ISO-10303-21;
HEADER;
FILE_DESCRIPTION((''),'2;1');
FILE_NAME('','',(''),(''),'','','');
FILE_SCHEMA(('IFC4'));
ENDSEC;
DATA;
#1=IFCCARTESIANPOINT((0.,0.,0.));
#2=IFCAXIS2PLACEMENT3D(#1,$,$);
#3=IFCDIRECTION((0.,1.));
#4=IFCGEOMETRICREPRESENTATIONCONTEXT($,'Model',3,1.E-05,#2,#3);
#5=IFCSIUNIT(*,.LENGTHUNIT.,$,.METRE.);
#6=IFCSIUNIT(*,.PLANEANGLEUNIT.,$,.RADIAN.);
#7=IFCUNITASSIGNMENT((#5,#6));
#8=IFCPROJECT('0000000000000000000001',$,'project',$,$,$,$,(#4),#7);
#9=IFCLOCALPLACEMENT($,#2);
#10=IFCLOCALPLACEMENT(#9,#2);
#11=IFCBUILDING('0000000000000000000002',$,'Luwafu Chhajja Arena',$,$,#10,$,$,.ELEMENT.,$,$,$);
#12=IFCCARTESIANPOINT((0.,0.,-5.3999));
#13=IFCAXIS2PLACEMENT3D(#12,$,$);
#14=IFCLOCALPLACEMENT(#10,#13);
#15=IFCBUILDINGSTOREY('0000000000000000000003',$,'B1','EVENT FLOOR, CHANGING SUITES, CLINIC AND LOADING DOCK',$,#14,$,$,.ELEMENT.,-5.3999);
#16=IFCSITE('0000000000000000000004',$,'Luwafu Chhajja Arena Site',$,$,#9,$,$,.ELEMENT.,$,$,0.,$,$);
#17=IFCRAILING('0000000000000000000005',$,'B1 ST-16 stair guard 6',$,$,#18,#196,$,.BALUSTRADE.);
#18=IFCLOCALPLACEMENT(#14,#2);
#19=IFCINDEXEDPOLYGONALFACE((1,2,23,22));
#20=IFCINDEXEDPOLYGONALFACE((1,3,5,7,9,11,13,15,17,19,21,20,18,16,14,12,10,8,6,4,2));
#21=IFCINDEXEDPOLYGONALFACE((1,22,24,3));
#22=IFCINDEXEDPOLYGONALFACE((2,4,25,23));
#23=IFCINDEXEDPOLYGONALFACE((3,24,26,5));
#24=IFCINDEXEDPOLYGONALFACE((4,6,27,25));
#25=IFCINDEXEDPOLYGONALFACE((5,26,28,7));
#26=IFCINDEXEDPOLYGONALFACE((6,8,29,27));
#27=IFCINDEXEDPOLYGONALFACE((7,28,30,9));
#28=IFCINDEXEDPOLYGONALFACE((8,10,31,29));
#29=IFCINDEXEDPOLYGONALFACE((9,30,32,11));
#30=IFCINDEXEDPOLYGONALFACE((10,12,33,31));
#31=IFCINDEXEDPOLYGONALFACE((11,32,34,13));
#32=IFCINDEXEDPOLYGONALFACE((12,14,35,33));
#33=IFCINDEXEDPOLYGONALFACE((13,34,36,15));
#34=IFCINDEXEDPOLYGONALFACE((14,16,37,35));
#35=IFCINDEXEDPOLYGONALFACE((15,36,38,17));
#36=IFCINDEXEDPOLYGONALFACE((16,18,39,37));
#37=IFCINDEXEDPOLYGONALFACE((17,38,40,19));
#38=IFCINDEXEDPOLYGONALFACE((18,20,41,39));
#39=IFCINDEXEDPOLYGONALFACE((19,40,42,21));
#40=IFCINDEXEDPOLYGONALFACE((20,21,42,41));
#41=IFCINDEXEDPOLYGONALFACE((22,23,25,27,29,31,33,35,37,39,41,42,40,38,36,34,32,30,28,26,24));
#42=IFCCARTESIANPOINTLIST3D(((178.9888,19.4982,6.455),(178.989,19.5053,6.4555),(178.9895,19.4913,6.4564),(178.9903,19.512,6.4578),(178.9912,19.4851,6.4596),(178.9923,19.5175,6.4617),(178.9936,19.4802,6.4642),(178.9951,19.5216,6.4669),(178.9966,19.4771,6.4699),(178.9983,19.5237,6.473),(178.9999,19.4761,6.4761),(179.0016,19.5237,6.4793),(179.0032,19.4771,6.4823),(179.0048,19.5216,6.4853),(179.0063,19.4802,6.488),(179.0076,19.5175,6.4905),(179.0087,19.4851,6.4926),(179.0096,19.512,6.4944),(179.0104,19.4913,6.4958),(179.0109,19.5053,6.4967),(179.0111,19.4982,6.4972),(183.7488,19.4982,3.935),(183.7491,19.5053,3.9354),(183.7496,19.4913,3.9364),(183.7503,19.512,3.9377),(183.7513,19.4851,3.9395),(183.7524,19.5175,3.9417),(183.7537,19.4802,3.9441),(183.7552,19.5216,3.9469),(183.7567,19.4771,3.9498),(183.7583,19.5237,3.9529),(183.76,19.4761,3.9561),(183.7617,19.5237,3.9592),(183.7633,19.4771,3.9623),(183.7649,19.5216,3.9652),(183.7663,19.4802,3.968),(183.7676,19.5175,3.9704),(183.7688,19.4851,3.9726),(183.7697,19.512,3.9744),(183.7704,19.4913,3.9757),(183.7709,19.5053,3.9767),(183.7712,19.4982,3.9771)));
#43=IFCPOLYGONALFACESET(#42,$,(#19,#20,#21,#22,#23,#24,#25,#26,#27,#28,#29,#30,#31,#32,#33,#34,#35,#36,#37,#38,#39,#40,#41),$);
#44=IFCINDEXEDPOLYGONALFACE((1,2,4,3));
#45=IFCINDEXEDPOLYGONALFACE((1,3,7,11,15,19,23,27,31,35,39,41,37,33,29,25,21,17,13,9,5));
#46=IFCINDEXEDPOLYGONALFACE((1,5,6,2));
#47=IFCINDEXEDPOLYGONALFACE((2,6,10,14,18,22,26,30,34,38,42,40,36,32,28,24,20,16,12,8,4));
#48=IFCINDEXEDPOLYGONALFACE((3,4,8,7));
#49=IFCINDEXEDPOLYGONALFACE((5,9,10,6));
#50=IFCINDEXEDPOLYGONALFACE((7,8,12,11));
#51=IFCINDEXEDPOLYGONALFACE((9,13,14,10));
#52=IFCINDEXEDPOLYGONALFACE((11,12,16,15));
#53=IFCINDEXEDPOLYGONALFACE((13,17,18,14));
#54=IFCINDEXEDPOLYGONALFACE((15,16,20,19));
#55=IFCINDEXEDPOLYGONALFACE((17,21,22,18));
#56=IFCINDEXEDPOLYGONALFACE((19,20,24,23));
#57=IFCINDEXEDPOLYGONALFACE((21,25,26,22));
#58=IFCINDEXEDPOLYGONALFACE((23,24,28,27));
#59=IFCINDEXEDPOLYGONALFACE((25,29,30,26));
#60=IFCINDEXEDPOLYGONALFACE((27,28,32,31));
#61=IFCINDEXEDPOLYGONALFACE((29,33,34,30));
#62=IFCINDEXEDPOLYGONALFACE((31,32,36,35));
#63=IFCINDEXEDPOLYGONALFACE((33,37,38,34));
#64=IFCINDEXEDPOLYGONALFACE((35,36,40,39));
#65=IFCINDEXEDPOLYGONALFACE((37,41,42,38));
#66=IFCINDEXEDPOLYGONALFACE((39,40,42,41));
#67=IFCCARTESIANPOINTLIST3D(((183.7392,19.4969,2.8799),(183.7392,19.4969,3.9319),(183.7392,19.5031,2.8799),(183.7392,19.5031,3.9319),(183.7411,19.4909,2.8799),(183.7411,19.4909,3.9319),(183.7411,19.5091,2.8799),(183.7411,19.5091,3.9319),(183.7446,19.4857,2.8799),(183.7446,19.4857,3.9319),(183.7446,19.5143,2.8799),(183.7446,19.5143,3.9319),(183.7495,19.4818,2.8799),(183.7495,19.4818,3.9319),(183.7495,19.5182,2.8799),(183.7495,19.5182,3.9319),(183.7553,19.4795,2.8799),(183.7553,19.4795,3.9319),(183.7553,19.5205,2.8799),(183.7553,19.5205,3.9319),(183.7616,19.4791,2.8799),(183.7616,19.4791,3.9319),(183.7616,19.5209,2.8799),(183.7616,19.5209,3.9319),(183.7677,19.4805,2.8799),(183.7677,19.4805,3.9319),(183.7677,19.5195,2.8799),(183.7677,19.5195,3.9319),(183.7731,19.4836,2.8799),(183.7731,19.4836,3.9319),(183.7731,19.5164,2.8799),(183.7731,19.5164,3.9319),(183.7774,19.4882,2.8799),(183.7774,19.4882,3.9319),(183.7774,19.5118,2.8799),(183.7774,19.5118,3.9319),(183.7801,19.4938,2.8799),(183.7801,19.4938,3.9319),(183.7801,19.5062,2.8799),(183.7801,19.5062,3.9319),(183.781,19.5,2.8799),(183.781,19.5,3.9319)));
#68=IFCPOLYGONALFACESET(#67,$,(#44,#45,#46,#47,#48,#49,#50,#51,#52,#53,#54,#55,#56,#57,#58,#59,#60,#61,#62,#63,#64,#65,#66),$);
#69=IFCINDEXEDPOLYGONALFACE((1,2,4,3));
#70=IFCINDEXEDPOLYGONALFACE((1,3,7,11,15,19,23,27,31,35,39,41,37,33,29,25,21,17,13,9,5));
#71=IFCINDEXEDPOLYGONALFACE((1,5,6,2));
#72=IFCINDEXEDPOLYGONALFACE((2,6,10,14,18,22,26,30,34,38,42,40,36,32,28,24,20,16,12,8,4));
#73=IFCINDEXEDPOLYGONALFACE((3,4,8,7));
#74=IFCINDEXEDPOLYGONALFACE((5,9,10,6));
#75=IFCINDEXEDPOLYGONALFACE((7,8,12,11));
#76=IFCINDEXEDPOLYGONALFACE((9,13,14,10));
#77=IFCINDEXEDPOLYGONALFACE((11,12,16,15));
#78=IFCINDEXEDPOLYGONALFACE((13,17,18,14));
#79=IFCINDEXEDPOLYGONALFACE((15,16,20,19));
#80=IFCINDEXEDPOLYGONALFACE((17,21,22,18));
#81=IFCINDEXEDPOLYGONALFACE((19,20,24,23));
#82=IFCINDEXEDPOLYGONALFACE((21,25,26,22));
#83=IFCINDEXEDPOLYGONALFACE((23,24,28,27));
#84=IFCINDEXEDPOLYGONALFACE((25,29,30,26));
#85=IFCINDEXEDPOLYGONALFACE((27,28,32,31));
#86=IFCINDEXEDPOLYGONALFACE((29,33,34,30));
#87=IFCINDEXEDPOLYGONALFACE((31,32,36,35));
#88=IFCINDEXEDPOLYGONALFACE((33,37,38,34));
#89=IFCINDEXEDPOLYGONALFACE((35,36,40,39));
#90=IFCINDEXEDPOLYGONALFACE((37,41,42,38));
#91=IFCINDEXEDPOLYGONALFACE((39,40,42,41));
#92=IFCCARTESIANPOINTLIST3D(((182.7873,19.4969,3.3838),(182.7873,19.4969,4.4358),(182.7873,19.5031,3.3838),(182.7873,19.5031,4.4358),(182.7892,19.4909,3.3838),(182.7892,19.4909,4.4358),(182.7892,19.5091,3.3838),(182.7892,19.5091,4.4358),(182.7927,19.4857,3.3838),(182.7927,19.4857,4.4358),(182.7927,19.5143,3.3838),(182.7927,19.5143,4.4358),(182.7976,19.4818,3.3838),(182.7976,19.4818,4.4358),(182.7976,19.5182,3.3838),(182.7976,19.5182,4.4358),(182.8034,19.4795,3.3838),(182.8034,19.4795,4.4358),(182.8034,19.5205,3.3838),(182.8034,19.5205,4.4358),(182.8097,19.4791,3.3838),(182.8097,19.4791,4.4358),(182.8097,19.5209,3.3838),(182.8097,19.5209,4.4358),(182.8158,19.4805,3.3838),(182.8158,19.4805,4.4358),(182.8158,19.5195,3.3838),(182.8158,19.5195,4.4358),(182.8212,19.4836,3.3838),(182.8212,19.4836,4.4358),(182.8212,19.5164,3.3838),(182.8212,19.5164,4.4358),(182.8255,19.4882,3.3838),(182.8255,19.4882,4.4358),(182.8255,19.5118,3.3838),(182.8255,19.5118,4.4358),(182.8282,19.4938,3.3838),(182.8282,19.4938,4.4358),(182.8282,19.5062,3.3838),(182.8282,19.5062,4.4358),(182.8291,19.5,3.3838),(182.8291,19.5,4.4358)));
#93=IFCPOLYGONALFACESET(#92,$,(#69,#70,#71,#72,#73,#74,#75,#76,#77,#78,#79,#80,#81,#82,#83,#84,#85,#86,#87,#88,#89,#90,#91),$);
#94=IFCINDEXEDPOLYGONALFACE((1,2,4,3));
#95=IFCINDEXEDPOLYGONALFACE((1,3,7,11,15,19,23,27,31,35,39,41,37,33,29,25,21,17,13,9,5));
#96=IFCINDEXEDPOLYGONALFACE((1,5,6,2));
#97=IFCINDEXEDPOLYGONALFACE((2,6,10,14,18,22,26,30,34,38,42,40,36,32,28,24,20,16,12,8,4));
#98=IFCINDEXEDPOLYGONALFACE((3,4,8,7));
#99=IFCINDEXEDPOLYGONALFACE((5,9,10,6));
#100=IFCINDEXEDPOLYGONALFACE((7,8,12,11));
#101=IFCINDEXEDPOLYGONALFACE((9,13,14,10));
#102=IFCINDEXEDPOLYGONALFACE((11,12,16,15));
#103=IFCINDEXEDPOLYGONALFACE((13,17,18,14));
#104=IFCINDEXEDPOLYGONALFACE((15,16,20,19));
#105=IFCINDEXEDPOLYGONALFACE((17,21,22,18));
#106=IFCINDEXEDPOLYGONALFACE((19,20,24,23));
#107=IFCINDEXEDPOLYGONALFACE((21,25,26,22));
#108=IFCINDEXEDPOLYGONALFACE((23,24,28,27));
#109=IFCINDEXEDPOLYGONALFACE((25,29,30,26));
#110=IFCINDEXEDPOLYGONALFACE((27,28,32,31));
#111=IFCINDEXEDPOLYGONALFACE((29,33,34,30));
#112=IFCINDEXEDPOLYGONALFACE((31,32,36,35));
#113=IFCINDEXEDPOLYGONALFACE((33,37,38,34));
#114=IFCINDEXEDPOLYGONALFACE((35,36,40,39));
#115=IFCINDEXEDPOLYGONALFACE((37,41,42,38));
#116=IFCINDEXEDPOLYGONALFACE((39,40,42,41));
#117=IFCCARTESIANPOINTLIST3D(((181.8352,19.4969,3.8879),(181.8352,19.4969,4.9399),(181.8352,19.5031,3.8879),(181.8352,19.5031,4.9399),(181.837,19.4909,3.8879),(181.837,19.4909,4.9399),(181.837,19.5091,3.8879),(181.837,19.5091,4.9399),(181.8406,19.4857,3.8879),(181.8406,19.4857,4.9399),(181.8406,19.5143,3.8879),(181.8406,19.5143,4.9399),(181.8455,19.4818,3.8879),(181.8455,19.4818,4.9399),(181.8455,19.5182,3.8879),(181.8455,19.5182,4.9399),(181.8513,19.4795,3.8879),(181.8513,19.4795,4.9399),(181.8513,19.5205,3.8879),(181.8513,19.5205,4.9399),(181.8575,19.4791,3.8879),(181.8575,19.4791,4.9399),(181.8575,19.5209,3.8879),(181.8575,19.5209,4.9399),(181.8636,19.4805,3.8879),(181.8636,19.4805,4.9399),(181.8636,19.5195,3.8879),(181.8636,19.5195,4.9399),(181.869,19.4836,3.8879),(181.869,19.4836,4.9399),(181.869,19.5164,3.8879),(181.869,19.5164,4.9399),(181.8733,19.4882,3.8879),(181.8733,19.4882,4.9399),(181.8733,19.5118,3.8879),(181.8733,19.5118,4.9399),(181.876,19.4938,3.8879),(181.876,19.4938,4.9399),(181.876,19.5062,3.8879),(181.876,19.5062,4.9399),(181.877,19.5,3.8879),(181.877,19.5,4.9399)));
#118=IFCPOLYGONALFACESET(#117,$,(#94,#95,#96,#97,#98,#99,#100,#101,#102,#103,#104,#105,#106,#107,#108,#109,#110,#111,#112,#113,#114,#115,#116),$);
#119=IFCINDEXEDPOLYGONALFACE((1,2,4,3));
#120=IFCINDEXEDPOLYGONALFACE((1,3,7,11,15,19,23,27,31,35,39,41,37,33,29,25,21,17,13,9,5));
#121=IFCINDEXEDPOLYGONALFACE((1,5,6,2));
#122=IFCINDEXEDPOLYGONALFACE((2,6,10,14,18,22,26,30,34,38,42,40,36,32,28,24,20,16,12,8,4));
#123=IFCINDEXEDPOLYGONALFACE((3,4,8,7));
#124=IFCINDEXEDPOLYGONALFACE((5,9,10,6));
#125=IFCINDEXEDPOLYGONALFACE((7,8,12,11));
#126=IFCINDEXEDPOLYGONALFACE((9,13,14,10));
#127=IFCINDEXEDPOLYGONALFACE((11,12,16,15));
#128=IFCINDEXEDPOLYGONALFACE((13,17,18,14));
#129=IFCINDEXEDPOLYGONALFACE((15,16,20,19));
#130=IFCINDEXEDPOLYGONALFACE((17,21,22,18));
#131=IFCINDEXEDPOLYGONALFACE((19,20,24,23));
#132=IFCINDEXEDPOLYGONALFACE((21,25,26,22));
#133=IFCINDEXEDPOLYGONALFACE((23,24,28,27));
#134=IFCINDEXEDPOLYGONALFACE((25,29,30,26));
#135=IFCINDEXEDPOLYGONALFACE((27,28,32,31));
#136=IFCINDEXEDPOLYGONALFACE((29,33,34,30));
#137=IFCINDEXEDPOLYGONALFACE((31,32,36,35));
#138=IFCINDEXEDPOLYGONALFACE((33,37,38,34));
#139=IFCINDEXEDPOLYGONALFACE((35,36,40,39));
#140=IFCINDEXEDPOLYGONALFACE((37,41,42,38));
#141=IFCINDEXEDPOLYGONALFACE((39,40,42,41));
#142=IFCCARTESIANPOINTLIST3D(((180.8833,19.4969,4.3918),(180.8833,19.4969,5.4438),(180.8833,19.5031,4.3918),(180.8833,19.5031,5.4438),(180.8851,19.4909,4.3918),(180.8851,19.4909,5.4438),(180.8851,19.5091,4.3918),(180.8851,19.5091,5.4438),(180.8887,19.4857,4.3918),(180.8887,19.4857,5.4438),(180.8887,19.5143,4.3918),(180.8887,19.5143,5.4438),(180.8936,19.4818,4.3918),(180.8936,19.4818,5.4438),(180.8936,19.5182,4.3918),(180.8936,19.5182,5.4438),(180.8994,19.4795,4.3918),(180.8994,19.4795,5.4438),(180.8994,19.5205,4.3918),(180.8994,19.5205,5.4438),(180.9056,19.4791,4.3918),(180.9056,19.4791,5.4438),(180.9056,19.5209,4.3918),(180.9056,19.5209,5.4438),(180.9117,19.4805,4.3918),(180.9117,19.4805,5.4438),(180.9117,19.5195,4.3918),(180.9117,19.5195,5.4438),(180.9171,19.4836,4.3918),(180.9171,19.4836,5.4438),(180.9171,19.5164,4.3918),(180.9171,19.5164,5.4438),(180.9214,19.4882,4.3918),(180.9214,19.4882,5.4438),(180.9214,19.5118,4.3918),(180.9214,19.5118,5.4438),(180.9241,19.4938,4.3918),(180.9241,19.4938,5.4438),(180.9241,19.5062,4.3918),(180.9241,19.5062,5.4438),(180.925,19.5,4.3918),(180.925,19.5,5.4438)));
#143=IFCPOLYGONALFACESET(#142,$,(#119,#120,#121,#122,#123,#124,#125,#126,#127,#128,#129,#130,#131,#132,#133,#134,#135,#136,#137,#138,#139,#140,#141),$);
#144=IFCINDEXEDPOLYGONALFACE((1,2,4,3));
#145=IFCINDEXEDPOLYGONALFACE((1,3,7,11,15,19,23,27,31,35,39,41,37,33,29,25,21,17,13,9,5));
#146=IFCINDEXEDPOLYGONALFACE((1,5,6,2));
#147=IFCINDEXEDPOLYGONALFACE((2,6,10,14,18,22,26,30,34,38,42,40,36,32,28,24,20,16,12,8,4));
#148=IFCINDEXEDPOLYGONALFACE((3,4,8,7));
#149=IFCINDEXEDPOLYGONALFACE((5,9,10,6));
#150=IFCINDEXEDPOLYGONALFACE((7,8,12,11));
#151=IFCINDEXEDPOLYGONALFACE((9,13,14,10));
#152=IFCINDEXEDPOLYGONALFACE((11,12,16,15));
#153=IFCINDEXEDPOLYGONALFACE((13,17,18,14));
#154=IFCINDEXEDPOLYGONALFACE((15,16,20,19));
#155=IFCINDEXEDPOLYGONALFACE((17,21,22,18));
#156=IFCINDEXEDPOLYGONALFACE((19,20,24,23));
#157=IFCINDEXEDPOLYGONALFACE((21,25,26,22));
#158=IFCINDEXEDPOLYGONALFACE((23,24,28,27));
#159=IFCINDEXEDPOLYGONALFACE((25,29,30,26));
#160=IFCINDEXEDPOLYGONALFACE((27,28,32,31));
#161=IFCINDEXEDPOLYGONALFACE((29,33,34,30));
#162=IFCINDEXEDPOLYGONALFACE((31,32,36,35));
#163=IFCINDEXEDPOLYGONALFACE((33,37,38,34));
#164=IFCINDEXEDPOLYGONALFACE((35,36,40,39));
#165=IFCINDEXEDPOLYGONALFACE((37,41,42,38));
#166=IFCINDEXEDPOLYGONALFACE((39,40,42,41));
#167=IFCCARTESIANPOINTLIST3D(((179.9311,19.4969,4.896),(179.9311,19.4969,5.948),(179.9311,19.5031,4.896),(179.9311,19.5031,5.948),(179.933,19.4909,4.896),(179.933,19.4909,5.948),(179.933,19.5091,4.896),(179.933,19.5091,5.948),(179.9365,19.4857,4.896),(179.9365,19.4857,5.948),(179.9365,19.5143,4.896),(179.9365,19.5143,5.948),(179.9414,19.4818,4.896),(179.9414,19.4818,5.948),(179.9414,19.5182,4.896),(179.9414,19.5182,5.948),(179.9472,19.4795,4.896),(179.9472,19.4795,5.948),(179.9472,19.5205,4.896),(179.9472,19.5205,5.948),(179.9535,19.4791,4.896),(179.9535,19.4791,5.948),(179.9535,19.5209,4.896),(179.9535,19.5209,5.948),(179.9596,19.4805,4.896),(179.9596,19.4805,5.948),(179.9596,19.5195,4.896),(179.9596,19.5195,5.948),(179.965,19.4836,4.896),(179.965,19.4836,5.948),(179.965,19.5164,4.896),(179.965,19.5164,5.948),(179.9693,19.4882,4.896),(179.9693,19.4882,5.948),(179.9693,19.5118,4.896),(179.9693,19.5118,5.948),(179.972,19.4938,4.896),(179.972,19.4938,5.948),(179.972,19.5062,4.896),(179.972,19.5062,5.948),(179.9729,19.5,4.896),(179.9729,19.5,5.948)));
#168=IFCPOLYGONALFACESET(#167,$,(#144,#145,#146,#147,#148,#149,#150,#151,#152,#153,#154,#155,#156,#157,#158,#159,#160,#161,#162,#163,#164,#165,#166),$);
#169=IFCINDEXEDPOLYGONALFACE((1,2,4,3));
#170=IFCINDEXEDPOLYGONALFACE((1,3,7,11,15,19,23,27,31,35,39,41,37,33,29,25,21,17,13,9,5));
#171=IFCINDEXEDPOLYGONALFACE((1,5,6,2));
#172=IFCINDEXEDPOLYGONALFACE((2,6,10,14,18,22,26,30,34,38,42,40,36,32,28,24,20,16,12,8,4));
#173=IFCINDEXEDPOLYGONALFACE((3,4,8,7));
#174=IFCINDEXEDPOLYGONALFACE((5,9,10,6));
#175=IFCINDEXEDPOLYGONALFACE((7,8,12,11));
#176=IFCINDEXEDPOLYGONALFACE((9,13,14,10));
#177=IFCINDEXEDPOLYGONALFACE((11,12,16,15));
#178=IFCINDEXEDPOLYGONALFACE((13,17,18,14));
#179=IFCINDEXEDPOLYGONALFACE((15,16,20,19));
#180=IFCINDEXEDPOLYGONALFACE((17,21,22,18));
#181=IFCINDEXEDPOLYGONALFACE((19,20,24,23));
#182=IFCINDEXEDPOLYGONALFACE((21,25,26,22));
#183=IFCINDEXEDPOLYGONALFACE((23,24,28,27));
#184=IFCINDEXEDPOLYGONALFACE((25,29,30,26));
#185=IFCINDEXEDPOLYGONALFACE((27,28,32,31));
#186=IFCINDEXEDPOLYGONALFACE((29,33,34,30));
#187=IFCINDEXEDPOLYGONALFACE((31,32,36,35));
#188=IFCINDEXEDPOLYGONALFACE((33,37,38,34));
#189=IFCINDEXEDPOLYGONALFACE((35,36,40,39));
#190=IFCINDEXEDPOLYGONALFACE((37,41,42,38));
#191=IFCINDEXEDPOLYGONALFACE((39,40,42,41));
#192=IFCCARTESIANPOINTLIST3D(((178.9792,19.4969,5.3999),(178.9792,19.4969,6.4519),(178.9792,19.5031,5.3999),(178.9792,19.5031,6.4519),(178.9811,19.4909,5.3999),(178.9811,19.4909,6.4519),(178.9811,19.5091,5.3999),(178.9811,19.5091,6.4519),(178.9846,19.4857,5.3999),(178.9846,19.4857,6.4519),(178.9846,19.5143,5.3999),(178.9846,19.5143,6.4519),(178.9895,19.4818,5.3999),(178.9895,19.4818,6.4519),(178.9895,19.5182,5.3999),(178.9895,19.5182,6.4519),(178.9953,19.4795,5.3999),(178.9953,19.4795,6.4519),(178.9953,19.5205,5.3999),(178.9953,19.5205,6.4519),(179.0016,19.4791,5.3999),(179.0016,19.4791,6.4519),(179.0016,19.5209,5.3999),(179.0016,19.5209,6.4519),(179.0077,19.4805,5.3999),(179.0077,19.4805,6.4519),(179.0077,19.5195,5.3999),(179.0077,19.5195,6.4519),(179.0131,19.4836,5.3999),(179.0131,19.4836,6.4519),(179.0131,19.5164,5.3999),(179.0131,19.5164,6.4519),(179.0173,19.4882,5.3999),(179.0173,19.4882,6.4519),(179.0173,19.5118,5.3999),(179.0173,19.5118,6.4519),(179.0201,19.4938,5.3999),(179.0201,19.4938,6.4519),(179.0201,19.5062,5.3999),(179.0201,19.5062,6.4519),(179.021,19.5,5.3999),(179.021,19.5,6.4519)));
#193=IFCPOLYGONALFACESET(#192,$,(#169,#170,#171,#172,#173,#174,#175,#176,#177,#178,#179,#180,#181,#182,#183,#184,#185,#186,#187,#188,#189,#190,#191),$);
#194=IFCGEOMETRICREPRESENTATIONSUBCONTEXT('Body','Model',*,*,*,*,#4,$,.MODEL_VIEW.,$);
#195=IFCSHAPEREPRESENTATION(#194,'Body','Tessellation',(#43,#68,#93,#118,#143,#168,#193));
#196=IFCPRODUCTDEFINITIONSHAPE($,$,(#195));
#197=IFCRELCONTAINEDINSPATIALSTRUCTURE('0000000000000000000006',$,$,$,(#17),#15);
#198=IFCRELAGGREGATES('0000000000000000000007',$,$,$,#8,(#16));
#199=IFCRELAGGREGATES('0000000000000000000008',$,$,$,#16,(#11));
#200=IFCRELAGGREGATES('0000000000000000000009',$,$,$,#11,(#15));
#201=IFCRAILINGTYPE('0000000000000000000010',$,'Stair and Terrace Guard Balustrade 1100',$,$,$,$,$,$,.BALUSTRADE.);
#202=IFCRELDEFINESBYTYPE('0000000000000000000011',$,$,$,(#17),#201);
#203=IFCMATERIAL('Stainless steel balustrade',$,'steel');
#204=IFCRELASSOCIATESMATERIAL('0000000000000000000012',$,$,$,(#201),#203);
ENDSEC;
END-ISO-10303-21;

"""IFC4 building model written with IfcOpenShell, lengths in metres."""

from ifc_helpers import new_model, si_unit, direction, frame, origin, origin_2d, place, context, subcontext, project, spatial, circle, extrude, material, type_object, element, save


model = new_model("IFC4")

# Units and contexts
model_context = context("Model", 3, precision=1e-05, world=origin(), true_north=direction((0.0, 1.0)))
body_context = subcontext(model_context, "Body", "Model", "MODEL_VIEW")
ifc_project = project(units=[si_unit("LENGTHUNIT", "METRE"), si_unit("PLANEANGLEUNIT", "RADIAN")], contexts=[model_context])

# Site, building, storey
site_placement = place(None, origin())
site = spatial("IfcSite", under=ifc_project, at=site_placement, Name="Luwafu Chhajja Arena Site", CompositionType="ELEMENT", RefElevation=0.0)
building_placement = place(site_placement, origin())
building = spatial("IfcBuilding", under=site, at=building_placement, Name="Luwafu Chhajja Arena", CompositionType="ELEMENT")
storey_placement = place(building_placement, frame((0.0, 0.0, -5.3999)))
storey = spatial("IfcBuildingStorey", under=building, at=storey_placement, Name="B1", Description="EVENT FLOOR, CHANGING SUITES, CLINIC AND LOADING DOCK", CompositionType="ELEMENT", Elevation=-5.3999)

# Railing
ifc_material_1 = material(Name="Stainless steel balustrade", Category="steel")
railing_type_1 = type_object("IfcRailingType", Name="Stair and Terrace Guard Balustrade 1100", PredefinedType="BALUSTRADE", material=ifc_material_1)
railing_1_placement = place(storey_placement, frame((183.76, 19.5, 2.8799)))
element("IfcRailing", 1, at=railing_1_placement, inside=storey, type_object=railing_type_1, Name="B1 ST-16 stair guard 6", PredefinedType="BALUSTRADE", context=body_context, shape_type="SweptSolid", body=[
    extrude(circle(Radius=0.0239, at=origin_2d()), frame((0.0, 0.0, 1.0762), z_axis=(-0.883787, 0.0, 0.46789), x_axis=(0.0, -1.0, 0.0)), (0.0, 0.0, 1.0), 5.386),
    extrude(circle(Radius=0.021, at=origin_2d()), origin(), (0.0, 0.0, 1.0), 1.052),
    extrude(circle(Radius=0.021, at=origin_2d()), frame((-0.9519, 0.0, 0.5039)), (0.0, 0.0, 1.0), 1.052),
    extrude(circle(Radius=0.021, at=origin_2d()), frame((-1.9041, 0.0, 1.0081)), (0.0, 0.0, 1.0), 1.052),
    extrude(circle(Radius=0.021, at=origin_2d()), frame((-2.856, 0.0, 1.512)), (0.0, 0.0, 1.0), 1.052),
    extrude(circle(Radius=0.021, at=origin_2d()), frame((-3.8081, 0.0, 2.0161)), (0.0, 0.0, 1.0), 1.052),
    extrude(circle(Radius=0.021, at=origin_2d()), frame((-4.76, 0.0, 2.52)), (0.0, 0.0, 1.0), 1.052),
])

save(model, "model.ifc")
